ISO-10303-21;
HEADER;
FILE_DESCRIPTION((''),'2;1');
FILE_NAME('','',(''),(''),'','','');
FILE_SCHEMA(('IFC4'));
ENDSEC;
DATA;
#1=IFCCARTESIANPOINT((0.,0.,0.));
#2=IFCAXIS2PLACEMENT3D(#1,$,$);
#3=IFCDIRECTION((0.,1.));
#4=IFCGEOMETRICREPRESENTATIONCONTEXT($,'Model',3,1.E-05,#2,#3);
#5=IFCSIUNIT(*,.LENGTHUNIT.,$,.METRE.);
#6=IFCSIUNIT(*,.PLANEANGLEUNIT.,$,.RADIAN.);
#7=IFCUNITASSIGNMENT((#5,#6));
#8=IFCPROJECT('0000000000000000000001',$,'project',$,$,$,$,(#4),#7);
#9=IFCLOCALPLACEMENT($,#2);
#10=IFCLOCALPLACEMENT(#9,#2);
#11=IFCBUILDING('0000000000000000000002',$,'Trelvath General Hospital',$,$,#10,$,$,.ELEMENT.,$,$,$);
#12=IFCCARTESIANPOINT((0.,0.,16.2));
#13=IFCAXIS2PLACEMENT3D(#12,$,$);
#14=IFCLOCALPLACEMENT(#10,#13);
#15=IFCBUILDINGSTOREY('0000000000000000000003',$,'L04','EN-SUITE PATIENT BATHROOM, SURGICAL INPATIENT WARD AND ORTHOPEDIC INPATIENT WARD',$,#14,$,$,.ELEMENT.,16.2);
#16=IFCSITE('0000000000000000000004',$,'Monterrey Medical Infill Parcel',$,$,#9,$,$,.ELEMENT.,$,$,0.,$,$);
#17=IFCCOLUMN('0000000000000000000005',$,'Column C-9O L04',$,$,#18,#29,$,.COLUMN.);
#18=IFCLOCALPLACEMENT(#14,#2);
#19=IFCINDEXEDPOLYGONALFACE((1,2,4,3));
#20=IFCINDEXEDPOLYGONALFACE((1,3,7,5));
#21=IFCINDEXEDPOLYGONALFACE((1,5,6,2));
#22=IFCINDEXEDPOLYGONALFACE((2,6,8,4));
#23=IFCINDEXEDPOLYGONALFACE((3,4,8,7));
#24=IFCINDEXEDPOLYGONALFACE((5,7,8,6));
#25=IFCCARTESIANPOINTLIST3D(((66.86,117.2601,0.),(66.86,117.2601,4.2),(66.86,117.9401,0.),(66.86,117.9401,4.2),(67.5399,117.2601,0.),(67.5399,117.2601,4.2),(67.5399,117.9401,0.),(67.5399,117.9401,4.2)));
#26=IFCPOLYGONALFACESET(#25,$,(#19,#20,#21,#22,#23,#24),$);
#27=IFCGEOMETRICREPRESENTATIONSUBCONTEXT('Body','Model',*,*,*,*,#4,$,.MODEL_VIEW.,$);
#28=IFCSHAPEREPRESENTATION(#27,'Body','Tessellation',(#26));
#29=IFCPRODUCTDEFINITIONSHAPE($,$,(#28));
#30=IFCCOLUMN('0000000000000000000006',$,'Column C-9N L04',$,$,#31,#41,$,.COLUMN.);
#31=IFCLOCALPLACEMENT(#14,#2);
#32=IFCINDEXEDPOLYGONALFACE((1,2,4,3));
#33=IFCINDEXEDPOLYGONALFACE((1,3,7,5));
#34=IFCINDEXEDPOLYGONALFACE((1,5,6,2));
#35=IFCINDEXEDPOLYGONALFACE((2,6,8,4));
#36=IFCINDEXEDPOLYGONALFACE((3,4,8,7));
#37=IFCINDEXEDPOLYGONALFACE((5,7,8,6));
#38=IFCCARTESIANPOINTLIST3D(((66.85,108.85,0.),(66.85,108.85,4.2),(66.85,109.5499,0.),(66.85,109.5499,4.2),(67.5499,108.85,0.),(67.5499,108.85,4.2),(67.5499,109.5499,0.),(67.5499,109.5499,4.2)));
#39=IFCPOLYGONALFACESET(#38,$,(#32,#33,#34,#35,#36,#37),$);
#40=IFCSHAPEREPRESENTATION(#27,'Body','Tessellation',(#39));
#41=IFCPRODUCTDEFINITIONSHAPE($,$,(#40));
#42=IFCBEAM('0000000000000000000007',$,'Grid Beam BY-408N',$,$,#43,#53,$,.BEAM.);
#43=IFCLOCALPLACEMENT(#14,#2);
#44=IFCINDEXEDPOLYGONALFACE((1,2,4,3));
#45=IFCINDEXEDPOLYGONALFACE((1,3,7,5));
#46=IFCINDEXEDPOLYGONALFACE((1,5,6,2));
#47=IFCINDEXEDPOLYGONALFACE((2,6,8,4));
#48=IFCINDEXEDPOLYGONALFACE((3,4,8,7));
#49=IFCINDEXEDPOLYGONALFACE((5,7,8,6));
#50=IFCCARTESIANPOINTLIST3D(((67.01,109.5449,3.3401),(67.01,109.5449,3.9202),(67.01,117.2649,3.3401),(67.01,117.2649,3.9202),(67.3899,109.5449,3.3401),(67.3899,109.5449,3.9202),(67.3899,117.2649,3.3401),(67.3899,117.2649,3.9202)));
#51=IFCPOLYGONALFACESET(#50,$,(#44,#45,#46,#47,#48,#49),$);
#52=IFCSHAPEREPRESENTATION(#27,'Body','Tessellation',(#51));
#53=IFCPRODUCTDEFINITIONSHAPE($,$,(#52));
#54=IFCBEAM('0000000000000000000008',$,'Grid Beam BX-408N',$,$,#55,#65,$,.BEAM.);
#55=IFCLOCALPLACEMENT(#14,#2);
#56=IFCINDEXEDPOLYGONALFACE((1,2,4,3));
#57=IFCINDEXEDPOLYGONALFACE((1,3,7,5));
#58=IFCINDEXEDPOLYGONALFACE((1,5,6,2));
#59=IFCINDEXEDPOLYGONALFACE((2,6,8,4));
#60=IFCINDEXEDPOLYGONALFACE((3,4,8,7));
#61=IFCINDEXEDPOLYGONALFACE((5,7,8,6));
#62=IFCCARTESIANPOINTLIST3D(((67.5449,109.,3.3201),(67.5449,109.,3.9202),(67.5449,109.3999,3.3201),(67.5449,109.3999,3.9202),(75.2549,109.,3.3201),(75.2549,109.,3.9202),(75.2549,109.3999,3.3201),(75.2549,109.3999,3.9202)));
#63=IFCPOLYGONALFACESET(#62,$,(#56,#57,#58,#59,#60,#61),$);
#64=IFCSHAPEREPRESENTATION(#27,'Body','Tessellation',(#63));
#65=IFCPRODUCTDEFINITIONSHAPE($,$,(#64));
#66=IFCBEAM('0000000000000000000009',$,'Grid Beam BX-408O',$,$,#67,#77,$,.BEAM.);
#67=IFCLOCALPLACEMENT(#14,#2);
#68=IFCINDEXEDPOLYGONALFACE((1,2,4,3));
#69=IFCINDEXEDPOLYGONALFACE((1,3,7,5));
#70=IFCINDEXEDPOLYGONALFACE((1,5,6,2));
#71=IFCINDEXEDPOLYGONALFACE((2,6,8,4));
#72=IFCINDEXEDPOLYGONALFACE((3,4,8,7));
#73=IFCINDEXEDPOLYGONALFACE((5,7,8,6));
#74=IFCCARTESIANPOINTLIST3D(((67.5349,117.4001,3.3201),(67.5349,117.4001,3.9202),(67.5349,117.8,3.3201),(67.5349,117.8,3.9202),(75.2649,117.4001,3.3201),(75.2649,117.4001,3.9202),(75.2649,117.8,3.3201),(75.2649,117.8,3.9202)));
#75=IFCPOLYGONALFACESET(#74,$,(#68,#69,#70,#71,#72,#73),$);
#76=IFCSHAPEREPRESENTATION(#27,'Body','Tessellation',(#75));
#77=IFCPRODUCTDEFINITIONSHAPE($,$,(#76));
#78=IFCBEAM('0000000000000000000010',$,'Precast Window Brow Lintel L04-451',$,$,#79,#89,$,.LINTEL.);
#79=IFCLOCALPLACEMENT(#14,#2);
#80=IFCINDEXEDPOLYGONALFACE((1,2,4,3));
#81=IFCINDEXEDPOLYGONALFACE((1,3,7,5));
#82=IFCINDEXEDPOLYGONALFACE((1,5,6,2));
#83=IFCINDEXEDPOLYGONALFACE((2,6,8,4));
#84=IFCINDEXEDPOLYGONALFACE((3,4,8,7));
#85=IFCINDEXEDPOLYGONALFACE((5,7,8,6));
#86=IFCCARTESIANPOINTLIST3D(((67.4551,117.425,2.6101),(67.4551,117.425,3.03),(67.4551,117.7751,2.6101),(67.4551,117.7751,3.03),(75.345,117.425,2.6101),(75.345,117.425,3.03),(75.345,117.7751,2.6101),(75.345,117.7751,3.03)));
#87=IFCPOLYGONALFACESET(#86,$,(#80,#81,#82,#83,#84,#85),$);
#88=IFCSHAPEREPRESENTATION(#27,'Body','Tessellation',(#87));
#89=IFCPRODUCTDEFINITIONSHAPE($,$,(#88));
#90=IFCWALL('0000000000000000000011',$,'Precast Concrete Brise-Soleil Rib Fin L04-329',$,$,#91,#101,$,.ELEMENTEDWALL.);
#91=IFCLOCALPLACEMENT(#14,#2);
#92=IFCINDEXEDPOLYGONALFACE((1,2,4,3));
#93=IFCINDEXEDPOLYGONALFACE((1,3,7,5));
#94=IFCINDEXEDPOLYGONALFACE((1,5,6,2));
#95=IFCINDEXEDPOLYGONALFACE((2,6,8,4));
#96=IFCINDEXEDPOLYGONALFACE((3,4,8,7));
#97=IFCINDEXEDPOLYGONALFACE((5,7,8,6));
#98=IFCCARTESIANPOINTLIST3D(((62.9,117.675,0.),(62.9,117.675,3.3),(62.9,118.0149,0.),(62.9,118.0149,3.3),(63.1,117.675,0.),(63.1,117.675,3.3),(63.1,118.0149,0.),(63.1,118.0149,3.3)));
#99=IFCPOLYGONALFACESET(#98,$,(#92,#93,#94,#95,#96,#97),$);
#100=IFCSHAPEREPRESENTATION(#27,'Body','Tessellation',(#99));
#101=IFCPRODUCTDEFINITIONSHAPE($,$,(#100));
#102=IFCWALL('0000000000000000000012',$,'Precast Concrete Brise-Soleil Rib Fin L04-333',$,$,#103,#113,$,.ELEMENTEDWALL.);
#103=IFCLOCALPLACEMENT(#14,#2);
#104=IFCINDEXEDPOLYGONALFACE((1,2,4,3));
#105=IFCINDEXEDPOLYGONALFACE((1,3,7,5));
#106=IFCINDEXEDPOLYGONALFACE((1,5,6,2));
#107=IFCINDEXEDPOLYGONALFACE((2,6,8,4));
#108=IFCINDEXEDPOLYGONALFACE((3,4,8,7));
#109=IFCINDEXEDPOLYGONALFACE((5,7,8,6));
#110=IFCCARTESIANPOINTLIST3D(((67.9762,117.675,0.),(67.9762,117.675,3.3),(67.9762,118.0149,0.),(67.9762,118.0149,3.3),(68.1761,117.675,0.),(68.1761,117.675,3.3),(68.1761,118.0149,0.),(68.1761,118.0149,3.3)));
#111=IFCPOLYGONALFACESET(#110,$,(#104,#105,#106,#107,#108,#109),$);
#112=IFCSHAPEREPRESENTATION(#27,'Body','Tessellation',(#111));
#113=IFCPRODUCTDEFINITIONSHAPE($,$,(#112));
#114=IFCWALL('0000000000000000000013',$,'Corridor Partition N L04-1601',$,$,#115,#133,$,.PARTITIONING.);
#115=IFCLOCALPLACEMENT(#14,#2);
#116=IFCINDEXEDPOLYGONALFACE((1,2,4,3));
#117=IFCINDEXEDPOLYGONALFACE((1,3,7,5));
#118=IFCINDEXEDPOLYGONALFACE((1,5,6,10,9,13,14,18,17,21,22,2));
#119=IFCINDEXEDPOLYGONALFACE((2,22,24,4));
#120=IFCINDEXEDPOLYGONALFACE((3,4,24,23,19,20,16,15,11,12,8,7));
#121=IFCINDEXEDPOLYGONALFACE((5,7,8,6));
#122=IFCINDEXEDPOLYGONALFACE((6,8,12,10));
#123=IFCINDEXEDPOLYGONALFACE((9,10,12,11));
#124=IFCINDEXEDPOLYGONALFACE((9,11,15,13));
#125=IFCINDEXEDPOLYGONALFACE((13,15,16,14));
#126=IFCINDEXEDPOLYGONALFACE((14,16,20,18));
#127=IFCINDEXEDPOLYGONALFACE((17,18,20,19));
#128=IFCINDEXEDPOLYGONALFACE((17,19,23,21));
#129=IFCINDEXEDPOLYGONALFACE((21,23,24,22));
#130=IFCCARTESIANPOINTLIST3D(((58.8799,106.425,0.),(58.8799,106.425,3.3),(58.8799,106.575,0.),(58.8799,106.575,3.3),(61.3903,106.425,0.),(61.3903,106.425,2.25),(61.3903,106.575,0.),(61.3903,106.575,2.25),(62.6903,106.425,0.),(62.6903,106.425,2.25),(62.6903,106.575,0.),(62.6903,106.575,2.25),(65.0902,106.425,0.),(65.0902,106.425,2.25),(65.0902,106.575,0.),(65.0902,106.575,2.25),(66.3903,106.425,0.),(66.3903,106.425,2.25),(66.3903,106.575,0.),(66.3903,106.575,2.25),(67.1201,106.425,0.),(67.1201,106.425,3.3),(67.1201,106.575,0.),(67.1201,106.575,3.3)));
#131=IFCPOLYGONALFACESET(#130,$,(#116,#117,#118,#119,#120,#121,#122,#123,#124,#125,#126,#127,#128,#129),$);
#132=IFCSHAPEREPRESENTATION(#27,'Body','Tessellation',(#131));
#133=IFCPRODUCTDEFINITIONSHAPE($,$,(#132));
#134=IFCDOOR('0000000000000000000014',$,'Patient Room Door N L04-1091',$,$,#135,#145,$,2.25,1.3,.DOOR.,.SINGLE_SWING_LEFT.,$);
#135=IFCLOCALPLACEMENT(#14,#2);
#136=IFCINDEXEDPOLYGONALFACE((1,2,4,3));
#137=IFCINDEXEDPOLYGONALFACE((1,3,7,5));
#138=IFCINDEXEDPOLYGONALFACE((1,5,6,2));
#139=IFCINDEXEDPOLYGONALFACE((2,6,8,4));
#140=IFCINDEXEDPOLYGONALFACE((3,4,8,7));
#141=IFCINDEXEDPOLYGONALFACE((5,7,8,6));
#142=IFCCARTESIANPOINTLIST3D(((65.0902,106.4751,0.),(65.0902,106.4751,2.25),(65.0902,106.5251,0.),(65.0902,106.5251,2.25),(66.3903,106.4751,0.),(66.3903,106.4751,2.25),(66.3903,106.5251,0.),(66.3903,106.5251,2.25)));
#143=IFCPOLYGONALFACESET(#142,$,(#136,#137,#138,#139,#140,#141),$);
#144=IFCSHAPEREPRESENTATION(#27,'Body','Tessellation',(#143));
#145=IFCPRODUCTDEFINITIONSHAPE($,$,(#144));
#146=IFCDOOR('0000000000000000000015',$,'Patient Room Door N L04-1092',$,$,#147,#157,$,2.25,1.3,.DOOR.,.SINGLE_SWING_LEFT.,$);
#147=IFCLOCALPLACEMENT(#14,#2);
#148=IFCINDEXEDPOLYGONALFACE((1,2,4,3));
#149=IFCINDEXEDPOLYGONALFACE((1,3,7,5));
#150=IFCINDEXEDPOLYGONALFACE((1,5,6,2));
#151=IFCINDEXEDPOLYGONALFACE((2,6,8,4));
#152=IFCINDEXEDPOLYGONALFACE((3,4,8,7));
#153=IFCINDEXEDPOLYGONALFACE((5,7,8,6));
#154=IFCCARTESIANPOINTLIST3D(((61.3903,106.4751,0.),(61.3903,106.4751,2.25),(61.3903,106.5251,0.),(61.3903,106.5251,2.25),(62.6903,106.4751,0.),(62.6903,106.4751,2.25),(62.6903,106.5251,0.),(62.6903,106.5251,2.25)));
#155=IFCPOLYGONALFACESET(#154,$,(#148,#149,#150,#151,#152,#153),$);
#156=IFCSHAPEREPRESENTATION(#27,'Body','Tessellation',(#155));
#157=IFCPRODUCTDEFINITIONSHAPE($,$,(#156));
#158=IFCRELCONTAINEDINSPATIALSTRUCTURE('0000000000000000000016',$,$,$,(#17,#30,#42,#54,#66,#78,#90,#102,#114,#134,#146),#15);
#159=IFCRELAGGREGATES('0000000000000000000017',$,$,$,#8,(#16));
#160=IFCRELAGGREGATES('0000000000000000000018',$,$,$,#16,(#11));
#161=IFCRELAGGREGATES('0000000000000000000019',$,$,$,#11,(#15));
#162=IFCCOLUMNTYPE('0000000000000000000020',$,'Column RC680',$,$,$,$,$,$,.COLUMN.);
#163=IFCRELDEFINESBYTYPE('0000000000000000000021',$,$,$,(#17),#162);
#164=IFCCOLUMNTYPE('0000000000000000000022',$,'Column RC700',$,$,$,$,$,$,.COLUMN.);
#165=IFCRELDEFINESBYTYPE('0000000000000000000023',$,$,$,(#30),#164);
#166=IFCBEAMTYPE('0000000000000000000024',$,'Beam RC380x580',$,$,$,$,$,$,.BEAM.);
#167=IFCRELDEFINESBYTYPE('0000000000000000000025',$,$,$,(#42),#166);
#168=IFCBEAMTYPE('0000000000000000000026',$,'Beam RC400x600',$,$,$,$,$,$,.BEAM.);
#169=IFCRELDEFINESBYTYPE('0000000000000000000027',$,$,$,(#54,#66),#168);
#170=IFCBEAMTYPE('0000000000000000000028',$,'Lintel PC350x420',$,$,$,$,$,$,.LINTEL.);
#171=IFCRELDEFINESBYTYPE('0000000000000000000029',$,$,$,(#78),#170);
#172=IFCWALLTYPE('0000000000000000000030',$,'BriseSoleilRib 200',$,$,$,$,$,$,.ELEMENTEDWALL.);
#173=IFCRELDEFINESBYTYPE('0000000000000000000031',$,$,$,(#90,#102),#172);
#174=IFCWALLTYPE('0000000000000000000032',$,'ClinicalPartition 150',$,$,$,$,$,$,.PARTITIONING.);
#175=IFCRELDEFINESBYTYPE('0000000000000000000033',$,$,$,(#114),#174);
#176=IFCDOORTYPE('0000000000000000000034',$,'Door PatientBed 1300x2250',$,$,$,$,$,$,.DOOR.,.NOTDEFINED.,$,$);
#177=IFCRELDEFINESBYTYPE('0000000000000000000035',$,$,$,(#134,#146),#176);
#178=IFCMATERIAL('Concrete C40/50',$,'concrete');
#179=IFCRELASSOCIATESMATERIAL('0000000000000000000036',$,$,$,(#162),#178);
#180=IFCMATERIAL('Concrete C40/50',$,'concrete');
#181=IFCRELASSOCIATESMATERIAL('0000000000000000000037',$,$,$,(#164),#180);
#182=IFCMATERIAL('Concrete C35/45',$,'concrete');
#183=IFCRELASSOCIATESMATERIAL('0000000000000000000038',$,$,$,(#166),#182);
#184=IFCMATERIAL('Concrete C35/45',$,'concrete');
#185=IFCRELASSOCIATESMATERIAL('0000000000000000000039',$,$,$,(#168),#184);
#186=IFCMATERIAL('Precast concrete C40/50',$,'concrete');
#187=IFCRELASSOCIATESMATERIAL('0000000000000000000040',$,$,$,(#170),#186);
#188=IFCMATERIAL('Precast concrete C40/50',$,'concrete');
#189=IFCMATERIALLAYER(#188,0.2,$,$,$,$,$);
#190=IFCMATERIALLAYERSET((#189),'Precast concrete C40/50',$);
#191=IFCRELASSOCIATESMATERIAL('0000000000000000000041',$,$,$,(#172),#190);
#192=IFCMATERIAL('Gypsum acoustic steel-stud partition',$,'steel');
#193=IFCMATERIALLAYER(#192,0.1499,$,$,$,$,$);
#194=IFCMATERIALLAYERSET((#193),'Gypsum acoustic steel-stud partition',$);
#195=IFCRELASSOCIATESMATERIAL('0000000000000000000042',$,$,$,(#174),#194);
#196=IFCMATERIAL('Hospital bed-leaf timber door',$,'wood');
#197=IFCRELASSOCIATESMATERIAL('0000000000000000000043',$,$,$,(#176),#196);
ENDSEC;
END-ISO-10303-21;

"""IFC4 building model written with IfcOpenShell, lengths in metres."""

from ifc_helpers import new_model, si_unit, direction, frame, frame_2d, origin, origin_2d, place, context, subcontext, project, spatial, rectangle, extrude, material, layer, layer_set, material_profile, profile_set, type_object, element, fill, save


model = new_model("IFC4")

# Units and contexts
model_context = context("Model", 3, precision=1e-05, world=origin(), true_north=direction((0.0, 1.0)))
body_context = subcontext(model_context, "Body", "Model", "MODEL_VIEW")
ifc_project = project(units=[si_unit("LENGTHUNIT", "METRE"), si_unit("PLANEANGLEUNIT", "RADIAN")], contexts=[model_context])

# Site, building, storey
site_placement = place(None, origin())
site = spatial("IfcSite", under=ifc_project, at=site_placement, Name="Monterrey Medical Infill Parcel", CompositionType="ELEMENT", RefElevation=0.0)
building_placement = place(site_placement, origin())
building = spatial("IfcBuilding", under=site, at=building_placement, Name="Trelvath General Hospital", CompositionType="ELEMENT")
storey_placement = place(building_placement, frame((0.0, 0.0, 16.2)))
storey = spatial("IfcBuildingStorey", under=building, at=storey_placement, Name="L04", Description="EN-SUITE PATIENT BATHROOM, SURGICAL INPATIENT WARD AND ORTHOPEDIC INPATIENT WARD", CompositionType="ELEMENT", Elevation=16.2)

# Columns
ifc_material_1 = material(Name="Concrete C40/50", Category="concrete")
ifc_material_profile_1 = material_profile(ifc_material_1, rectangle(XDim=0.6799, YDim=0.6799, at=origin_2d()), Name="RC680x680")
ifc_profile_set_1 = profile_set([ifc_material_profile_1], Name="Concrete C40/50")
column_type_1 = type_object("IfcColumnType", Name="Column RC680", PredefinedType="COLUMN", material=ifc_profile_set_1)
column_1_placement = place(storey_placement, frame((67.2, 117.6001, 0.0), z_axis=(0.0, 0.0, 1.0), x_axis=(1.0, 0.0, 0.0)))
element("IfcColumn", 1, at=column_1_placement, inside=storey, type_object=column_type_1, Name="Column C-9O L04", PredefinedType="COLUMN", context=body_context, shape_type="SweptSolid", body=[
    extrude(rectangle(XDim=0.6799, YDim=0.6799, at=origin_2d()), origin(), (0.0, 0.0, 1.0), 4.2),
])
ifc_material_2 = material(Name="Concrete C40/50", Category="concrete")
ifc_material_profile_2 = material_profile(ifc_material_2, rectangle(XDim=0.7, YDim=0.7, at=origin_2d()), Name="RC700x700")
ifc_profile_set_2 = profile_set([ifc_material_profile_2], Name="Concrete C40/50")
column_type_2 = type_object("IfcColumnType", Name="Column RC700", PredefinedType="COLUMN", material=ifc_profile_set_2)
column_2_placement = place(storey_placement, frame((67.2, 109.2, 0.0), z_axis=(0.0, 0.0, 1.0), x_axis=(1.0, 0.0, 0.0)))
element("IfcColumn", 2, at=column_2_placement, inside=storey, type_object=column_type_2, Name="Column C-9N L04", PredefinedType="COLUMN", context=body_context, shape_type="SweptSolid", body=[
    extrude(rectangle(XDim=0.7, YDim=0.7, at=origin_2d()), origin(), (0.0, 0.0, 1.0), 4.2),
])

# Beams
ifc_material_3 = material(Name="Concrete C35/45", Category="concrete")
ifc_material_profile_3 = material_profile(ifc_material_3, rectangle(XDim=0.3799, YDim=0.5801, at=origin_2d()), Name="RCB380x580")
ifc_profile_set_3 = profile_set([ifc_material_profile_3], Name="Concrete C35/45")
beam_type_1 = type_object("IfcBeamType", Name="Beam RC380x580", PredefinedType="BEAM", material=ifc_profile_set_3)
beam_1_placement = place(storey_placement, frame((67.2, 109.5449, 3.6301), z_axis=(0.0, 1.0, 0.0), x_axis=(-1.0, 0.0, 0.0)))
element("IfcBeam", 3, at=beam_1_placement, inside=storey, type_object=beam_type_1, Name="Grid Beam BY-408N", PredefinedType="BEAM", context=body_context, shape_type="SweptSolid", body=[
    extrude(rectangle(XDim=0.3799, YDim=0.5801, at=origin_2d()), origin(), (0.0, 0.0, 1.0), 7.72),
])
ifc_material_4 = material(Name="Concrete C35/45", Category="concrete")
ifc_material_profile_4 = material_profile(ifc_material_4, rectangle(XDim=0.3999, YDim=0.6001, at=origin_2d()), Name="RCB400x600")
ifc_profile_set_4 = profile_set([ifc_material_profile_4], Name="Concrete C35/45")
beam_type_2 = type_object("IfcBeamType", Name="Beam RC400x600", PredefinedType="BEAM", material=ifc_profile_set_4)
beam_2_placement = place(storey_placement, frame((67.5449, 109.2, 3.6201), z_axis=(1.0, 0.0, 0.0), x_axis=(0.0, 1.0, 0.0)))
element("IfcBeam", 4, at=beam_2_placement, inside=storey, type_object=beam_type_2, Name="Grid Beam BX-408N", PredefinedType="BEAM", context=body_context, shape_type="SweptSolid", body=[
    extrude(rectangle(XDim=0.3999, YDim=0.6001, at=origin_2d()), origin(), (0.0, 0.0, 1.0), 7.71),
])
beam_3_placement = place(storey_placement, frame((67.5349, 117.6001, 3.6201), z_axis=(1.0, 0.0, 0.0), x_axis=(0.0, 1.0, 0.0)))
element("IfcBeam", 5, at=beam_3_placement, inside=storey, type_object=beam_type_2, Name="Grid Beam BX-408O", PredefinedType="BEAM", context=body_context, shape_type="SweptSolid", body=[
    extrude(rectangle(XDim=0.3999, YDim=0.6001, at=origin_2d()), origin(), (0.0, 0.0, 1.0), 7.73),
])
ifc_material_5 = material(Name="Precast concrete C40/50", Category="concrete")
ifc_material_profile_5 = material_profile(ifc_material_5, rectangle(XDim=0.3501, YDim=0.4199, at=origin_2d()), Name="PCL350x420")
ifc_profile_set_5 = profile_set([ifc_material_profile_5], Name="Precast concrete C40/50")
beam_type_3 = type_object("IfcBeamType", Name="Lintel PC350x420", PredefinedType="LINTEL", material=ifc_profile_set_5)
beam_4_placement = place(storey_placement, frame((67.4551, 117.6001, 2.8201), z_axis=(1.0, 0.0, 0.0), x_axis=(0.0, 1.0, 0.0)))
element("IfcBeam", 6, at=beam_4_placement, inside=storey, type_object=beam_type_3, Name="Precast Window Brow Lintel L04-451", PredefinedType="LINTEL", context=body_context, shape_type="SweptSolid", body=[
    extrude(rectangle(XDim=0.3501, YDim=0.4199, at=origin_2d()), origin(), (0.0, 0.0, 1.0), 7.8899),
])

# Walls
ifc_material_6 = material(Name="Precast concrete C40/50", Category="concrete")
ifc_layer_1 = layer(ifc_material_6, 0.2)
ifc_layer_set_1 = layer_set([ifc_layer_1], Name="Precast concrete C40/50")
wall_type_1 = type_object("IfcWallType", Name="BriseSoleilRib 200", PredefinedType="ELEMENTEDWALL", material=ifc_layer_set_1)
for number, where, z_axis, x_axis, name in (
    (7, (63.0, 117.675, 0.0), (0.0, 0.0, 1.0), (0.0, 1.0, 0.0), "Precast Concrete Brise-Soleil Rib Fin L04-329"),
    (8, (68.0762, 117.675, 0.0), (0.0, 0.0, 1.0), (0.0, 1.0, 0.0), "Precast Concrete Brise-Soleil Rib Fin L04-333"),
):
    element("IfcWall", number, at=place(storey_placement, frame(where, z_axis=z_axis, x_axis=x_axis)), inside=storey, type_object=wall_type_1, Name=name, PredefinedType="ELEMENTEDWALL", context=body_context, shape_type="SweptSolid", body=[
        extrude(rectangle(XDim=0.3398, YDim=0.2, at=frame_2d((0.1699, 0.0))), origin(), (0.0, 0.0, 1.0), 3.3),
    ])

# Wall, openings, doors
ifc_material_7 = material(Name="Gypsum acoustic steel-stud partition", Category="steel")
ifc_layer_2 = layer(ifc_material_7, 0.1499)
ifc_layer_set_2 = layer_set([ifc_layer_2], Name="Gypsum acoustic steel-stud partition")
wall_type_2 = type_object("IfcWallType", Name="ClinicalPartition 150", PredefinedType="PARTITIONING", material=ifc_layer_set_2)
wall_1_placement = place(storey_placement, frame((67.1201, 106.5, 0.0), z_axis=(0.0, 0.0, 1.0), x_axis=(-1.0, 0.0, 0.0)))
wall_1 = element("IfcWall", 9, at=wall_1_placement, inside=storey, type_object=wall_type_2, Name="Corridor Partition N L04-1601", PredefinedType="PARTITIONING", context=body_context, shape_type="SweptSolid", body=[
    extrude(rectangle(XDim=8.2402, YDim=0.1499, at=frame_2d((4.1201, 0.0))), origin(), (0.0, 0.0, 1.0), 3.3),
])
opening_1_placement = place(wall_1_placement, frame((0.73, 0.0, 0.0)))
opening_1 = element("IfcOpeningElement", 10, at=opening_1_placement, cuts=wall_1, PredefinedType="OPENING", context=body_context, shape_type="SweptSolid", body=[
    extrude(rectangle(XDim=1.3, YDim=2.25, at=frame_2d((0.6499, 1.125))), frame((0.0, 0.085, 0.0), z_axis=(0.0, -1.0, 0.0), x_axis=(1.0, 0.0, 0.0)), (0.0, 0.0, 1.0), 0.1699),
])
opening_2_placement = place(wall_1_placement, frame((4.4299, 0.0, 0.0)))
opening_2 = element("IfcOpeningElement", 11, at=opening_2_placement, cuts=wall_1, PredefinedType="OPENING", context=body_context, shape_type="SweptSolid", body=[
    extrude(rectangle(XDim=1.3, YDim=2.25, at=frame_2d((0.6499, 1.125))), frame((0.0, 0.085, 0.0), z_axis=(0.0, -1.0, 0.0), x_axis=(1.0, 0.0, 0.0)), (0.0, 0.0, 1.0), 0.1699),
])
ifc_material_8 = material(Name="Hospital bed-leaf timber door", Category="wood")
door_type_1 = type_object("IfcDoorType", Name="Door PatientBed 1300x2250", OperationType="NOTDEFINED", PredefinedType="DOOR", material=ifc_material_8)
door_1_placement = place(opening_1_placement, origin())
door_1 = element("IfcDoor", 12, at=door_1_placement, inside=storey, type_object=door_type_1, Name="Patient Room Door N L04-1091", OperationType="SINGLE_SWING_LEFT", OverallHeight=2.25, OverallWidth=1.3, PredefinedType="DOOR", context=body_context, shape_type="SweptSolid", body=[
    extrude(rectangle(XDim=1.3, YDim=2.25, at=frame_2d((0.6499, 1.125))), frame((0.0, 0.0249, 0.0), z_axis=(0.0, -1.0, 0.0), x_axis=(1.0, 0.0, 0.0)), (0.0, 0.0, 1.0), 0.05),
])
fill(opening_1, door_1)
door_2_placement = place(opening_2_placement, origin())
door_2 = element("IfcDoor", 13, at=door_2_placement, inside=storey, type_object=door_type_1, Name="Patient Room Door N L04-1092", OperationType="SINGLE_SWING_LEFT", OverallHeight=2.25, OverallWidth=1.3, PredefinedType="DOOR", context=body_context, shape_type="SweptSolid", body=[
    extrude(rectangle(XDim=1.3, YDim=2.25, at=frame_2d((0.6499, 1.125))), frame((0.0, 0.0249, 0.0), z_axis=(0.0, -1.0, 0.0), x_axis=(1.0, 0.0, 0.0)), (0.0, 0.0, 1.0), 0.05),
])
fill(opening_2, door_2)

save(model, "model.ifc")
